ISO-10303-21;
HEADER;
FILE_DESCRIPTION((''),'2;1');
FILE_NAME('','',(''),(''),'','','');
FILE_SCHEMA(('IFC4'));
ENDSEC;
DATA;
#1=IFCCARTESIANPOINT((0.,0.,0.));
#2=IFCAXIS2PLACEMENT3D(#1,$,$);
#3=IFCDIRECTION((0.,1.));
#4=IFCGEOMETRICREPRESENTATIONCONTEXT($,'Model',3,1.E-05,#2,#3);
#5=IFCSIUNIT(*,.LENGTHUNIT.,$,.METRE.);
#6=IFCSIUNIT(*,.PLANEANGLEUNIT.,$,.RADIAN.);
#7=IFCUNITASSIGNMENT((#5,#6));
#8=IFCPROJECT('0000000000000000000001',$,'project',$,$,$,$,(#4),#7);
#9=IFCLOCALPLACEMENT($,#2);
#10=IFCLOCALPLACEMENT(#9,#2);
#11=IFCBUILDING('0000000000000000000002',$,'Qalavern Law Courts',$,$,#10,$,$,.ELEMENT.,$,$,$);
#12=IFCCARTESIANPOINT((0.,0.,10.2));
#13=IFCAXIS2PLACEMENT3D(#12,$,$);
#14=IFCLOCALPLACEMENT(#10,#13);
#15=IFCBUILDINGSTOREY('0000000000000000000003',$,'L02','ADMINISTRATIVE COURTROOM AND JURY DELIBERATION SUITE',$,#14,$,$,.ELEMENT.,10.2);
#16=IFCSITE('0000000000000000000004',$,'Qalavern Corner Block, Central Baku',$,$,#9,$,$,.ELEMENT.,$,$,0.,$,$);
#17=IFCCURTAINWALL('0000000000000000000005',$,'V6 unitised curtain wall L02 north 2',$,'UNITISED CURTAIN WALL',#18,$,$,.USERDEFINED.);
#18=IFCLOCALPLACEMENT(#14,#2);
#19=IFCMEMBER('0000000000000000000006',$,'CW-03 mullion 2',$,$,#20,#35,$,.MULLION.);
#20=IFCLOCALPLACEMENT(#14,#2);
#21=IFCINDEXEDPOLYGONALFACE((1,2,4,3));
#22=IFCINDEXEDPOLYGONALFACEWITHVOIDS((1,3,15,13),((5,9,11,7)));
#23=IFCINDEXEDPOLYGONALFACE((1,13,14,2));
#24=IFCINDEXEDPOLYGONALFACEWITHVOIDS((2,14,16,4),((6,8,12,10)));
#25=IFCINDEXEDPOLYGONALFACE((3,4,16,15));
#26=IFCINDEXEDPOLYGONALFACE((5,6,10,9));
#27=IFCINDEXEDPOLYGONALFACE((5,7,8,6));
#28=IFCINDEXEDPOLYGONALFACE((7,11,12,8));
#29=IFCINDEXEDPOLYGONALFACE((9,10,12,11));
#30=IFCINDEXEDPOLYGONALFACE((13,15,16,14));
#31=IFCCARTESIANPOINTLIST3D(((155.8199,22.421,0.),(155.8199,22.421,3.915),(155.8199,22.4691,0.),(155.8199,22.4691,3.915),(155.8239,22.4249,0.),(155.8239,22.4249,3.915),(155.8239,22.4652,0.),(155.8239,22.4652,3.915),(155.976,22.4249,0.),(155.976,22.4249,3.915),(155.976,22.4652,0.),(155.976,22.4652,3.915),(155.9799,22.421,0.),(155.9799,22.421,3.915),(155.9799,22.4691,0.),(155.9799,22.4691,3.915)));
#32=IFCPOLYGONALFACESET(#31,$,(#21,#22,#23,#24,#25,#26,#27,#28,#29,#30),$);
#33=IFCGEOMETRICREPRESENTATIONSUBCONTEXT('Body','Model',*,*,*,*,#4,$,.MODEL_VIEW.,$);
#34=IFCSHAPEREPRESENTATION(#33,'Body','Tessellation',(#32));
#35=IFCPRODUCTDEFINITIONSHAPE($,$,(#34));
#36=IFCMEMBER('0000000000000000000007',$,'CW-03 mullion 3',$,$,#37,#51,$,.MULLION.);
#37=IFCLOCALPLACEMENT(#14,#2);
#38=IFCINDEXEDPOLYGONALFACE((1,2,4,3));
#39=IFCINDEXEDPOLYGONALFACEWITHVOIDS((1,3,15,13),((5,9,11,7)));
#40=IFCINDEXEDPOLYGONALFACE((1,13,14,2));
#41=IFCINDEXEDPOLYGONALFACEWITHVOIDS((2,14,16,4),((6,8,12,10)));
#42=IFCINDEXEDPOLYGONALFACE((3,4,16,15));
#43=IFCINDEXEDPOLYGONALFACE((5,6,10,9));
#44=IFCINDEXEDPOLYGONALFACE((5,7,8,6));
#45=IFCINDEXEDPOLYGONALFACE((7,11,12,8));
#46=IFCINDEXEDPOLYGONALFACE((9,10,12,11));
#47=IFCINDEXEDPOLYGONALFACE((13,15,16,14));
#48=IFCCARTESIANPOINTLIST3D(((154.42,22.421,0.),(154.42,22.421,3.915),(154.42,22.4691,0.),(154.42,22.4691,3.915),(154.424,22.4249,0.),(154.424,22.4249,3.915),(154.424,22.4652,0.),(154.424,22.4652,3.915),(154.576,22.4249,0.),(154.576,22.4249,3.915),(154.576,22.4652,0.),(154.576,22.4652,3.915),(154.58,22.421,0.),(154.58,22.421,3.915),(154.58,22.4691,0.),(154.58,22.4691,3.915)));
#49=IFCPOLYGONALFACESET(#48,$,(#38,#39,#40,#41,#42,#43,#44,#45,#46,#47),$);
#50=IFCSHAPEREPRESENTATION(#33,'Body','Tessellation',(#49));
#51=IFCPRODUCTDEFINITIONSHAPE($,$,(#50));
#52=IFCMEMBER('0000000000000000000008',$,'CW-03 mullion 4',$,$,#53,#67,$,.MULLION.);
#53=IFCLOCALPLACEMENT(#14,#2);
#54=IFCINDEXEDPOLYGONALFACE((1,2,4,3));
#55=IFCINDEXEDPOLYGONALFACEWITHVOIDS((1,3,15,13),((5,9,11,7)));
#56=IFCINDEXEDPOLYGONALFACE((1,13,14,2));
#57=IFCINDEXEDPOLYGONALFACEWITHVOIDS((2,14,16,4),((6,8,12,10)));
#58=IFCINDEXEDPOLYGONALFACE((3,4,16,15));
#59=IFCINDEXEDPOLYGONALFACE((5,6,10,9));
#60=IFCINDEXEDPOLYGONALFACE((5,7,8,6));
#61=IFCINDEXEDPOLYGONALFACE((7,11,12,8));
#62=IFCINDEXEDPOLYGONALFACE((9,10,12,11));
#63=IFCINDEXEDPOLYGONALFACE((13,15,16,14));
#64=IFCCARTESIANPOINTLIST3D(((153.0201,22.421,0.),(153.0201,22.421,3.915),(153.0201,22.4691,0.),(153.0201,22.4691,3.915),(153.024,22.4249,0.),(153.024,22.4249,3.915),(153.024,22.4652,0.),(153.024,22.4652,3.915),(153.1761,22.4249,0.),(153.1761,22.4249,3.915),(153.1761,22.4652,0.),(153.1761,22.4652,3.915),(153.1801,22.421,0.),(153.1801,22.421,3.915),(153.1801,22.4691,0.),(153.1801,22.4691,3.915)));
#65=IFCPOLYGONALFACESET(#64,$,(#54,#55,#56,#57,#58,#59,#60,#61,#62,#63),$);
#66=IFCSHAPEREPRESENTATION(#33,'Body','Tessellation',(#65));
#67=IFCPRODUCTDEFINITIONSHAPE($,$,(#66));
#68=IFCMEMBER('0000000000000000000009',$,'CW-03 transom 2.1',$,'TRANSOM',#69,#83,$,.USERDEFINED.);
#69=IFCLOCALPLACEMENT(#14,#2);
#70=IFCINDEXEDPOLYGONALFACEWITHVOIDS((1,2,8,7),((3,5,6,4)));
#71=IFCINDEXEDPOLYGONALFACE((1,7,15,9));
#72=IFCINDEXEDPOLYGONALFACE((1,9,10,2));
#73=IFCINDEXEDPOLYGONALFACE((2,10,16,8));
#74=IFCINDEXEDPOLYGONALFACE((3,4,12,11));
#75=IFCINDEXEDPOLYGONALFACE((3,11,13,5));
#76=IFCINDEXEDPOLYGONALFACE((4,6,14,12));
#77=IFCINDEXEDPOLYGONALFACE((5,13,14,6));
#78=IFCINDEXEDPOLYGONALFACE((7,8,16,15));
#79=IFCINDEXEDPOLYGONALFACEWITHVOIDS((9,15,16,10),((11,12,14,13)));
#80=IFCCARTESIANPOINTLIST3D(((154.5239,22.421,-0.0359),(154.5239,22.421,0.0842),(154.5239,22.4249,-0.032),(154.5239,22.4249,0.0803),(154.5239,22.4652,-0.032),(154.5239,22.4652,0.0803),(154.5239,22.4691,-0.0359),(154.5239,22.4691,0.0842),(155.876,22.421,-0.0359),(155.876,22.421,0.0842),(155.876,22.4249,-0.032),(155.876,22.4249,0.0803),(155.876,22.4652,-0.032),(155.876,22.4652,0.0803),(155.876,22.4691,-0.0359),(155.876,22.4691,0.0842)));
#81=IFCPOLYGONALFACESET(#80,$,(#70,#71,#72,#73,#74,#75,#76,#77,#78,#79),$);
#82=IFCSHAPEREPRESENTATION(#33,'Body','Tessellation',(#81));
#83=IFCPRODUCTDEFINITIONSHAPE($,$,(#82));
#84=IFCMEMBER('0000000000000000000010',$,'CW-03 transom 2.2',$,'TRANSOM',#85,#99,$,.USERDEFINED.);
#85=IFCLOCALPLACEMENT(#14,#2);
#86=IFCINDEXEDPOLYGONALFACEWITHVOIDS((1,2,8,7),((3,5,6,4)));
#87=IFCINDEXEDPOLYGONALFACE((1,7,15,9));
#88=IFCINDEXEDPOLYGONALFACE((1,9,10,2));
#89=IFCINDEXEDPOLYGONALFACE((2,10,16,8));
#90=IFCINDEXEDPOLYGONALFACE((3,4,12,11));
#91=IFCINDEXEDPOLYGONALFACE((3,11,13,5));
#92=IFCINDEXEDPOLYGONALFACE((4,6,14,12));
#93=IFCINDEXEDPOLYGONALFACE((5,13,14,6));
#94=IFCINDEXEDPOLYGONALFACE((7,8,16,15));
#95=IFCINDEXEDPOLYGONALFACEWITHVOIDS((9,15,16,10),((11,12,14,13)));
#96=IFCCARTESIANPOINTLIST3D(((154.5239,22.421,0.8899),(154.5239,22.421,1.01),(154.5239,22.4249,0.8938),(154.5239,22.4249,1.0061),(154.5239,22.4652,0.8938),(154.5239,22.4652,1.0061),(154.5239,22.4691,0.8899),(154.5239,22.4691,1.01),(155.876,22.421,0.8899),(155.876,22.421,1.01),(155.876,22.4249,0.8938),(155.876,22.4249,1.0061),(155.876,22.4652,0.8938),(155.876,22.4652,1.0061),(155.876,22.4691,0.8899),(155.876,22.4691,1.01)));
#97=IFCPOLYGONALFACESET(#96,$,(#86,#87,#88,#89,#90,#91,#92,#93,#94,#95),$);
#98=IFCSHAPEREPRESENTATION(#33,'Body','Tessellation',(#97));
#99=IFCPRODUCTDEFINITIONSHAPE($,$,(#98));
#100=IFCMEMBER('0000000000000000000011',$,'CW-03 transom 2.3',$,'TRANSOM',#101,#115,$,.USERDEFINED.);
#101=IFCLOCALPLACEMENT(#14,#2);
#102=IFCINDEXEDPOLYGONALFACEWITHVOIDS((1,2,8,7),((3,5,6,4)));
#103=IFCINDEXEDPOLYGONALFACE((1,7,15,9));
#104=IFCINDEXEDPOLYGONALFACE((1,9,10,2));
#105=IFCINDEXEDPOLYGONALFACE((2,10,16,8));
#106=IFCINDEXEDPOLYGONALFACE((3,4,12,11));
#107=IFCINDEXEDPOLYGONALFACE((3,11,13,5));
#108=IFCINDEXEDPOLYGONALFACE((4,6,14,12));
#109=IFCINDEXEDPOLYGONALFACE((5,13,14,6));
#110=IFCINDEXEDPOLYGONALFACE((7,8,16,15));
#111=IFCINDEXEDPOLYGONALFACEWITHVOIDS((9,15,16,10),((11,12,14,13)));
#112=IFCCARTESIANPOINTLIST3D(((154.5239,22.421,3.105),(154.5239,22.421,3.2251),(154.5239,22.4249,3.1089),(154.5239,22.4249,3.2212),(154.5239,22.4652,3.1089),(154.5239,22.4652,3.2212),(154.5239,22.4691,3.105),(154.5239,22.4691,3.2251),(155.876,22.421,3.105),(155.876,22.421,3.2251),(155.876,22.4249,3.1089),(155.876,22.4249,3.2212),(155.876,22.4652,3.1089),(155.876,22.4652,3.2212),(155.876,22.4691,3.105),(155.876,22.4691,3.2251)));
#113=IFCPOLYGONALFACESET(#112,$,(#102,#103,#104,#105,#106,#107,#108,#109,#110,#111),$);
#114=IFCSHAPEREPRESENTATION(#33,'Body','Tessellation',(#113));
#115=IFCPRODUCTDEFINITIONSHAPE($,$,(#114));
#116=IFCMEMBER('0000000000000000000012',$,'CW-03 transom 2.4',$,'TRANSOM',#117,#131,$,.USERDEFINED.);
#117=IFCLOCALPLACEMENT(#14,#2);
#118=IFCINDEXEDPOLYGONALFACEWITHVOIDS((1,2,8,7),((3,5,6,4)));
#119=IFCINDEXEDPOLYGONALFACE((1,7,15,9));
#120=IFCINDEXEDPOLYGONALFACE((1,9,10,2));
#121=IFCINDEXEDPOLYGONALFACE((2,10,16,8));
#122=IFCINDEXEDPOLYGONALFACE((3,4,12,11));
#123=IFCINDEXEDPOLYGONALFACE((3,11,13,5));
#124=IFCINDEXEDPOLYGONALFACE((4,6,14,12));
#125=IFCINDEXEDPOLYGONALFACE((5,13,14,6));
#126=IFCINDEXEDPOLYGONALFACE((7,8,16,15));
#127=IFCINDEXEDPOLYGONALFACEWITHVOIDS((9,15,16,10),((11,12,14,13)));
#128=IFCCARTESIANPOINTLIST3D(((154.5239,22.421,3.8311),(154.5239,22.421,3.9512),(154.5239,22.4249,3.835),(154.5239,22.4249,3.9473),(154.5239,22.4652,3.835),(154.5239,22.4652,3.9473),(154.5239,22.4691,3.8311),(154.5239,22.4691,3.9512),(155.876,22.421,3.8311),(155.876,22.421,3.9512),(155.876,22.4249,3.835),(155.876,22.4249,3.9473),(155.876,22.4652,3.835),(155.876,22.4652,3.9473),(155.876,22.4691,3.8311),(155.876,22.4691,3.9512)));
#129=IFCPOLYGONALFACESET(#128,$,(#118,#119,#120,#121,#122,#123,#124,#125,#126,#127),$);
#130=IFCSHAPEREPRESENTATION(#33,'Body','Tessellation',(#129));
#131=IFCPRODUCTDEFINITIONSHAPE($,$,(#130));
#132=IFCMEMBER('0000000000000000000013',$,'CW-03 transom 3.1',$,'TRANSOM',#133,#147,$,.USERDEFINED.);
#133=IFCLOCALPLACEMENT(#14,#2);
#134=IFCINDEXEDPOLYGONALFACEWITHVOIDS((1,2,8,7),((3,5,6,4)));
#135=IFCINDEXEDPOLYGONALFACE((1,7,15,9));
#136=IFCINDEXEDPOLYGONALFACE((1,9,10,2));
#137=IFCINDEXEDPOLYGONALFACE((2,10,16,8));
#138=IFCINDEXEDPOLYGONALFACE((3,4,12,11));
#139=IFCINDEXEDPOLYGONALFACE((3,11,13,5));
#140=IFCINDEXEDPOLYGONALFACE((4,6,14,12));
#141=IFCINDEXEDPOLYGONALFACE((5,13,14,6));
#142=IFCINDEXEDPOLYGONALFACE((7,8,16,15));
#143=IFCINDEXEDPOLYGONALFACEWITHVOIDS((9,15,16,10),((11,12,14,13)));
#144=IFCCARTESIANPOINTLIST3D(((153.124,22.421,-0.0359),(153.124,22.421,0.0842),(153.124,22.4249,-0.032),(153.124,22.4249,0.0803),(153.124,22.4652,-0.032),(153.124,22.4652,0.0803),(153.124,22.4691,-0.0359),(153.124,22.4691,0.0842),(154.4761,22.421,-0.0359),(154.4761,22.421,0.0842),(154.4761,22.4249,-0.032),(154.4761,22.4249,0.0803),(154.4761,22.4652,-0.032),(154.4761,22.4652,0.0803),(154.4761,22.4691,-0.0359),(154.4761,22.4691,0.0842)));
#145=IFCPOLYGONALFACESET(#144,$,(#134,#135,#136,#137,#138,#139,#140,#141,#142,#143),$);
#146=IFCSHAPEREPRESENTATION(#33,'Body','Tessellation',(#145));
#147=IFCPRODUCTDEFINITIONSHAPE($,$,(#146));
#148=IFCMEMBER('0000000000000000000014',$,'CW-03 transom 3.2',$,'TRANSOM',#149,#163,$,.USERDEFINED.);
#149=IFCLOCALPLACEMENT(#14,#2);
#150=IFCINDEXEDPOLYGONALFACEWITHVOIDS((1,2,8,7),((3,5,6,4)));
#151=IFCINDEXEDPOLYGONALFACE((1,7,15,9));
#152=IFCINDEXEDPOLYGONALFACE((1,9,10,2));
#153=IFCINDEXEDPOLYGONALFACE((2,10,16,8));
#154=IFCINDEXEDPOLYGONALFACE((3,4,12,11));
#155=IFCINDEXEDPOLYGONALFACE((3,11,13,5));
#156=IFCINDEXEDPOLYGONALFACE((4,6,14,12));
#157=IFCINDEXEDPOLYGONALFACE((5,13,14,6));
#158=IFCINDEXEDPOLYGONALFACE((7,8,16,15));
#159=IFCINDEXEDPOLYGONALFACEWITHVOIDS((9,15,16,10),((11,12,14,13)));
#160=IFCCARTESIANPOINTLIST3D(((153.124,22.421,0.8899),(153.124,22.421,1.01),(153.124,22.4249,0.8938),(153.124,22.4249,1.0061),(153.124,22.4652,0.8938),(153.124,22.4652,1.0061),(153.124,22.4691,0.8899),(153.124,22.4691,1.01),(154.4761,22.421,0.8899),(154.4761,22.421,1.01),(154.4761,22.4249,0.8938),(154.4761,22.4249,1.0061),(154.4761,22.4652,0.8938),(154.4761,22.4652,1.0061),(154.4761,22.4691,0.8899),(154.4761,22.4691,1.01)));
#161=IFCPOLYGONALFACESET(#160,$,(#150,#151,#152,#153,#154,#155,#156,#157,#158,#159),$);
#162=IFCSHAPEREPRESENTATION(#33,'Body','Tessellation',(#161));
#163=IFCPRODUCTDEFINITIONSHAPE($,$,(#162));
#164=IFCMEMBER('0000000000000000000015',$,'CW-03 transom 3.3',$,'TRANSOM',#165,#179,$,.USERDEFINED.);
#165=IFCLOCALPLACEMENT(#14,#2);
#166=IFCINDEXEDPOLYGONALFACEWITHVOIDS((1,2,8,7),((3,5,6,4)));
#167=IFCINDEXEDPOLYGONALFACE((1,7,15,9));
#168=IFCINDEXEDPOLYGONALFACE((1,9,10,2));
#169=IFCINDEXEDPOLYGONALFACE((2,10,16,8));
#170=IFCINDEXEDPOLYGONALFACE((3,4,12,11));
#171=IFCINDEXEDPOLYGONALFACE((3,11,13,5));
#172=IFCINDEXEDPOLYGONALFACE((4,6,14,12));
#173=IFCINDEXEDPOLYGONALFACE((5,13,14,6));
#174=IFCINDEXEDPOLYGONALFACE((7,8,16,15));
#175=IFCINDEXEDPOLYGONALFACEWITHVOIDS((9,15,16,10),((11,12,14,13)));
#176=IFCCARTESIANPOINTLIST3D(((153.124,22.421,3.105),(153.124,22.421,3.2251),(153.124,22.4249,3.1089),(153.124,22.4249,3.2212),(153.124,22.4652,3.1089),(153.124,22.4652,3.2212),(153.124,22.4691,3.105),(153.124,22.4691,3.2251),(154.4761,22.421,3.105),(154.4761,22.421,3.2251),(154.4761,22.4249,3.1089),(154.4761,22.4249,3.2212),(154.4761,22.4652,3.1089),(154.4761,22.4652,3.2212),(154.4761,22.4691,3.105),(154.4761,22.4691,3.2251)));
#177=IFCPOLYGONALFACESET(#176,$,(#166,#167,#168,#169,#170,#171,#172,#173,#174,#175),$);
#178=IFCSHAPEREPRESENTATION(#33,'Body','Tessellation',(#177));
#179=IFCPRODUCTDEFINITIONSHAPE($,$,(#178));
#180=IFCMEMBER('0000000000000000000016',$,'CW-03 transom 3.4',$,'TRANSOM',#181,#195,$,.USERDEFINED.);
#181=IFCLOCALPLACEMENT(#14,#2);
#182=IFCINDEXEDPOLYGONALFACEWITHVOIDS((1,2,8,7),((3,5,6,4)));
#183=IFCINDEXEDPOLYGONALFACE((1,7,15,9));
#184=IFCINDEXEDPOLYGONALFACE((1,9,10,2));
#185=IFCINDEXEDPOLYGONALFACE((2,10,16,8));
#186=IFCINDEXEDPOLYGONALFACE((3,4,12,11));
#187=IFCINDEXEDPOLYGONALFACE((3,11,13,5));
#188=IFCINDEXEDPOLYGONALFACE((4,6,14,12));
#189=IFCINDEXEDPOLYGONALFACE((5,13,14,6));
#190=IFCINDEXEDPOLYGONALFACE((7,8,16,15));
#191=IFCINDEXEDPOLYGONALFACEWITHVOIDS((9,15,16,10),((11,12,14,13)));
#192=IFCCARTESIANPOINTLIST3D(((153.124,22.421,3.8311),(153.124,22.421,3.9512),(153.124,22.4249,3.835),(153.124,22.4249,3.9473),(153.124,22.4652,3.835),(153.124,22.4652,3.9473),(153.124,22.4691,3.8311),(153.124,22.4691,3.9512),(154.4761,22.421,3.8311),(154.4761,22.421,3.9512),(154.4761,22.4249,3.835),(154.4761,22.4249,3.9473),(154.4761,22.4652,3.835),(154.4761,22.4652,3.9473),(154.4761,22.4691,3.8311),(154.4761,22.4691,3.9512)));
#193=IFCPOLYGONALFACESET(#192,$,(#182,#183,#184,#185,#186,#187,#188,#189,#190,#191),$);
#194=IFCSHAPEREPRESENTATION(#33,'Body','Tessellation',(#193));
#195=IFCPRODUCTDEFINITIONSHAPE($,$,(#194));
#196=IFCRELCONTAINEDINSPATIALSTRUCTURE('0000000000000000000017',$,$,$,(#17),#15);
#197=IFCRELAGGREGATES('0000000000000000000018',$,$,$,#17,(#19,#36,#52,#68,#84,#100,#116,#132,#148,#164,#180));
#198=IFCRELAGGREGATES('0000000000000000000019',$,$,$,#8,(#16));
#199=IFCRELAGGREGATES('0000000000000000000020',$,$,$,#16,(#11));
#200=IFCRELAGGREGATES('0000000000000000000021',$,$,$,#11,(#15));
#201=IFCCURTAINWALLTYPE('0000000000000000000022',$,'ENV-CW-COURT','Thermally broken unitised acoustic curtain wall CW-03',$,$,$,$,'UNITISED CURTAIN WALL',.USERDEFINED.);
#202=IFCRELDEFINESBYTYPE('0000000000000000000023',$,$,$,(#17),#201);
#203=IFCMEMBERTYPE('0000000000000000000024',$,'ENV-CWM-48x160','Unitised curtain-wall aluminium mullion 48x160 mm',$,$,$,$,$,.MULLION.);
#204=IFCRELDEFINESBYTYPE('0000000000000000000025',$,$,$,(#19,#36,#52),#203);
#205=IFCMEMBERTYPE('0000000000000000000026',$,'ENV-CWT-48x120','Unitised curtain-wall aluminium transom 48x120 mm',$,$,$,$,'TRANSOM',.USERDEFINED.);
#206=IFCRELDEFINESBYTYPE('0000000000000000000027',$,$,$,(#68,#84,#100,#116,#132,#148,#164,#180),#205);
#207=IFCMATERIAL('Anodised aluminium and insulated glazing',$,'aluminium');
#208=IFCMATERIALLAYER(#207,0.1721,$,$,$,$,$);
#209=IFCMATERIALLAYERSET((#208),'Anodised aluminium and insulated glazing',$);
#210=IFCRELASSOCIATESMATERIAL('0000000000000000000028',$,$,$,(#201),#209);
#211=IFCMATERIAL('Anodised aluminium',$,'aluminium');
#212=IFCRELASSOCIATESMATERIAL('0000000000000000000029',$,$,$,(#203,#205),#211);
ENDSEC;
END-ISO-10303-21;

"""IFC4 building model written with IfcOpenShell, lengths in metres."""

from ifc_helpers import new_model, si_unit, direction, frame, origin, origin_2d, place, context, subcontext, project, spatial, hollow_rectangle, extrude, material, layer, layer_set, material_profile, profile_set, type_object, element, aggregate, save


model = new_model("IFC4")

# Units and contexts
model_context = context("Model", 3, precision=1e-05, world=origin(), true_north=direction((0.0, 1.0)))
body_context = subcontext(model_context, "Body", "Model", "MODEL_VIEW")
ifc_project = project(units=[si_unit("LENGTHUNIT", "METRE"), si_unit("PLANEANGLEUNIT", "RADIAN")], contexts=[model_context])

# Site, building, storey
site_placement = place(None, origin())
site = spatial("IfcSite", under=ifc_project, at=site_placement, Name="Qalavern Corner Block, Central Baku", CompositionType="ELEMENT", RefElevation=0.0)
building_placement = place(site_placement, origin())
building = spatial("IfcBuilding", under=site, at=building_placement, Name="Qalavern Law Courts", CompositionType="ELEMENT")
storey_placement = place(building_placement, frame((0.0, 0.0, 10.2)))
storey = spatial("IfcBuildingStorey", under=building, at=storey_placement, Name="L02", Description="ADMINISTRATIVE COURTROOM AND JURY DELIBERATION SUITE", CompositionType="ELEMENT", Elevation=10.2)

# Curtain wall, members
ifc_material_1 = material(Name="Anodised aluminium and insulated glazing", Category="aluminium")
ifc_layer_1 = layer(ifc_material_1, 0.1721)
ifc_layer_set_1 = layer_set([ifc_layer_1], Name="Anodised aluminium and insulated glazing")
curtain_wall_type = type_object("IfcCurtainWallType", Name="ENV-CW-COURT", Description="Thermally broken unitised acoustic curtain wall CW-03", ElementType="UNITISED CURTAIN WALL", PredefinedType="USERDEFINED", material=ifc_layer_set_1)
curtain_wall_placement = place(storey_placement, origin())
curtain_wall = element("IfcCurtainWall", 1, at=curtain_wall_placement, inside=storey, type_object=curtain_wall_type, Name="V6 unitised curtain wall L02 north 2", ObjectType="UNITISED CURTAIN WALL", PredefinedType="USERDEFINED")
ifc_material_2 = material(Name="Anodised aluminium", Category="aluminium")
ifc_material_profile_1 = material_profile(ifc_material_2, hollow_rectangle(XDim=0.0481, YDim=0.1599, WallThickness=0.0039, at=origin_2d()), Name="ALU MULLION 48x160")
ifc_profile_set_1 = profile_set([ifc_material_profile_1], Name="Anodised aluminium")
member_type_1 = type_object("IfcMemberType", Name="ENV-CWM-48x160", Description="Unitised curtain-wall aluminium mullion 48x160 mm", PredefinedType="MULLION", material=ifc_profile_set_1)
member_1_placement = place(storey_placement, frame((155.8999, 22.4451, 0.0), z_axis=(0.0, 0.0, 1.0), x_axis=(0.0, -1.0, 0.0)))
member_1 = element("IfcMember", 2, at=member_1_placement, type_object=member_type_1, Name="CW-03 mullion 2", PredefinedType="MULLION", context=body_context, shape_type="SweptSolid", body=[
    extrude(hollow_rectangle(XDim=0.0481, YDim=0.1599, WallThickness=0.0039, at=origin_2d()), origin(), (0.0, 0.0, 1.0), 3.915),
])
member_2_placement = place(storey_placement, frame((154.5, 22.4451, 0.0), z_axis=(0.0, 0.0, 1.0), x_axis=(0.0, -1.0, 0.0)))
member_2 = element("IfcMember", 3, at=member_2_placement, type_object=member_type_1, Name="CW-03 mullion 3", PredefinedType="MULLION", context=body_context, shape_type="SweptSolid", body=[
    extrude(hollow_rectangle(XDim=0.0481, YDim=0.1599, WallThickness=0.0039, at=origin_2d()), origin(), (0.0, 0.0, 1.0), 3.915),
])
member_3_placement = place(storey_placement, frame((153.1001, 22.4451, 0.0), z_axis=(0.0, 0.0, 1.0), x_axis=(0.0, -1.0, 0.0)))
member_3 = element("IfcMember", 4, at=member_3_placement, type_object=member_type_1, Name="CW-03 mullion 4", PredefinedType="MULLION", context=body_context, shape_type="SweptSolid", body=[
    extrude(hollow_rectangle(XDim=0.0481, YDim=0.1599, WallThickness=0.0039, at=origin_2d()), origin(), (0.0, 0.0, 1.0), 3.915),
])
ifc_material_profile_2 = material_profile(ifc_material_2, hollow_rectangle(XDim=0.0481, YDim=0.1201, WallThickness=0.0039, at=origin_2d()), Name="ALU TRANSOM 48x120")
ifc_profile_set_2 = profile_set([ifc_material_profile_2], Name="Anodised aluminium")
member_type_2 = type_object("IfcMemberType", Name="ENV-CWT-48x120", Description="Unitised curtain-wall aluminium transom 48x120 mm", ElementType="TRANSOM", PredefinedType="USERDEFINED", material=ifc_profile_set_2)
member_4_placement = place(storey_placement, frame((155.876, 22.4451, 0.0242), z_axis=(-1.0, 0.0, 0.0), x_axis=(0.0, -1.0, 0.0)))
member_4 = element("IfcMember", 5, at=member_4_placement, type_object=member_type_2, Name="CW-03 transom 2.1", ObjectType="TRANSOM", PredefinedType="USERDEFINED", context=body_context, shape_type="SweptSolid", body=[
    extrude(hollow_rectangle(XDim=0.0481, YDim=0.1201, WallThickness=0.0039, at=origin_2d()), origin(), (0.0, 0.0, 1.0), 1.3521),
])
member_5_placement = place(storey_placement, frame((155.876, 22.4451, 0.95), z_axis=(-1.0, 0.0, 0.0), x_axis=(0.0, -1.0, 0.0)))
member_5 = element("IfcMember", 6, at=member_5_placement, type_object=member_type_2, Name="CW-03 transom 2.2", ObjectType="TRANSOM", PredefinedType="USERDEFINED", context=body_context, shape_type="SweptSolid", body=[
    extrude(hollow_rectangle(XDim=0.0481, YDim=0.1201, WallThickness=0.0039, at=origin_2d()), origin(), (0.0, 0.0, 1.0), 1.3521),
])
member_6_placement = place(storey_placement, frame((155.876, 22.4451, 3.165), z_axis=(-1.0, 0.0, 0.0), x_axis=(0.0, -1.0, 0.0)))
member_6 = element("IfcMember", 7, at=member_6_placement, type_object=member_type_2, Name="CW-03 transom 2.3", ObjectType="TRANSOM", PredefinedType="USERDEFINED", context=body_context, shape_type="SweptSolid", body=[
    extrude(hollow_rectangle(XDim=0.0481, YDim=0.1201, WallThickness=0.0039, at=origin_2d()), origin(), (0.0, 0.0, 1.0), 1.3521),
])
member_7_placement = place(storey_placement, frame((155.876, 22.4451, 3.8911), z_axis=(-1.0, 0.0, 0.0), x_axis=(0.0, -1.0, 0.0)))
member_7 = element("IfcMember", 8, at=member_7_placement, type_object=member_type_2, Name="CW-03 transom 2.4", ObjectType="TRANSOM", PredefinedType="USERDEFINED", context=body_context, shape_type="SweptSolid", body=[
    extrude(hollow_rectangle(XDim=0.0481, YDim=0.1201, WallThickness=0.0039, at=origin_2d()), origin(), (0.0, 0.0, 1.0), 1.3521),
])
member_8_placement = place(storey_placement, frame((154.4761, 22.4451, 0.0242), z_axis=(-1.0, 0.0, 0.0), x_axis=(0.0, -1.0, 0.0)))
member_8 = element("IfcMember", 9, at=member_8_placement, type_object=member_type_2, Name="CW-03 transom 3.1", ObjectType="TRANSOM", PredefinedType="USERDEFINED", context=body_context, shape_type="SweptSolid", body=[
    extrude(hollow_rectangle(XDim=0.0481, YDim=0.1201, WallThickness=0.0039, at=origin_2d()), origin(), (0.0, 0.0, 1.0), 1.3521),
])
member_9_placement = place(storey_placement, frame((154.4761, 22.4451, 0.95), z_axis=(-1.0, 0.0, 0.0), x_axis=(0.0, -1.0, 0.0)))
member_9 = element("IfcMember", 10, at=member_9_placement, type_object=member_type_2, Name="CW-03 transom 3.2", ObjectType="TRANSOM", PredefinedType="USERDEFINED", context=body_context, shape_type="SweptSolid", body=[
    extrude(hollow_rectangle(XDim=0.0481, YDim=0.1201, WallThickness=0.0039, at=origin_2d()), origin(), (0.0, 0.0, 1.0), 1.3521),
])
member_10_placement = place(storey_placement, frame((154.4761, 22.4451, 3.165), z_axis=(-1.0, 0.0, 0.0), x_axis=(0.0, -1.0, 0.0)))
member_10 = element("IfcMember", 11, at=member_10_placement, type_object=member_type_2, Name="CW-03 transom 3.3", ObjectType="TRANSOM", PredefinedType="USERDEFINED", context=body_context, shape_type="SweptSolid", body=[
    extrude(hollow_rectangle(XDim=0.0481, YDim=0.1201, WallThickness=0.0039, at=origin_2d()), origin(), (0.0, 0.0, 1.0), 1.3521),
])
member_11_placement = place(storey_placement, frame((154.4761, 22.4451, 3.8911), z_axis=(-1.0, 0.0, 0.0), x_axis=(0.0, -1.0, 0.0)))
member_11 = element("IfcMember", 12, at=member_11_placement, type_object=member_type_2, Name="CW-03 transom 3.4", ObjectType="TRANSOM", PredefinedType="USERDEFINED", context=body_context, shape_type="SweptSolid", body=[
    extrude(hollow_rectangle(XDim=0.0481, YDim=0.1201, WallThickness=0.0039, at=origin_2d()), origin(), (0.0, 0.0, 1.0), 1.3521),
])
aggregate(curtain_wall, [member_1, member_2, member_3, member_4, member_5, member_6, member_7, member_8, member_9, member_10, member_11])

save(model, "model.ifc")
